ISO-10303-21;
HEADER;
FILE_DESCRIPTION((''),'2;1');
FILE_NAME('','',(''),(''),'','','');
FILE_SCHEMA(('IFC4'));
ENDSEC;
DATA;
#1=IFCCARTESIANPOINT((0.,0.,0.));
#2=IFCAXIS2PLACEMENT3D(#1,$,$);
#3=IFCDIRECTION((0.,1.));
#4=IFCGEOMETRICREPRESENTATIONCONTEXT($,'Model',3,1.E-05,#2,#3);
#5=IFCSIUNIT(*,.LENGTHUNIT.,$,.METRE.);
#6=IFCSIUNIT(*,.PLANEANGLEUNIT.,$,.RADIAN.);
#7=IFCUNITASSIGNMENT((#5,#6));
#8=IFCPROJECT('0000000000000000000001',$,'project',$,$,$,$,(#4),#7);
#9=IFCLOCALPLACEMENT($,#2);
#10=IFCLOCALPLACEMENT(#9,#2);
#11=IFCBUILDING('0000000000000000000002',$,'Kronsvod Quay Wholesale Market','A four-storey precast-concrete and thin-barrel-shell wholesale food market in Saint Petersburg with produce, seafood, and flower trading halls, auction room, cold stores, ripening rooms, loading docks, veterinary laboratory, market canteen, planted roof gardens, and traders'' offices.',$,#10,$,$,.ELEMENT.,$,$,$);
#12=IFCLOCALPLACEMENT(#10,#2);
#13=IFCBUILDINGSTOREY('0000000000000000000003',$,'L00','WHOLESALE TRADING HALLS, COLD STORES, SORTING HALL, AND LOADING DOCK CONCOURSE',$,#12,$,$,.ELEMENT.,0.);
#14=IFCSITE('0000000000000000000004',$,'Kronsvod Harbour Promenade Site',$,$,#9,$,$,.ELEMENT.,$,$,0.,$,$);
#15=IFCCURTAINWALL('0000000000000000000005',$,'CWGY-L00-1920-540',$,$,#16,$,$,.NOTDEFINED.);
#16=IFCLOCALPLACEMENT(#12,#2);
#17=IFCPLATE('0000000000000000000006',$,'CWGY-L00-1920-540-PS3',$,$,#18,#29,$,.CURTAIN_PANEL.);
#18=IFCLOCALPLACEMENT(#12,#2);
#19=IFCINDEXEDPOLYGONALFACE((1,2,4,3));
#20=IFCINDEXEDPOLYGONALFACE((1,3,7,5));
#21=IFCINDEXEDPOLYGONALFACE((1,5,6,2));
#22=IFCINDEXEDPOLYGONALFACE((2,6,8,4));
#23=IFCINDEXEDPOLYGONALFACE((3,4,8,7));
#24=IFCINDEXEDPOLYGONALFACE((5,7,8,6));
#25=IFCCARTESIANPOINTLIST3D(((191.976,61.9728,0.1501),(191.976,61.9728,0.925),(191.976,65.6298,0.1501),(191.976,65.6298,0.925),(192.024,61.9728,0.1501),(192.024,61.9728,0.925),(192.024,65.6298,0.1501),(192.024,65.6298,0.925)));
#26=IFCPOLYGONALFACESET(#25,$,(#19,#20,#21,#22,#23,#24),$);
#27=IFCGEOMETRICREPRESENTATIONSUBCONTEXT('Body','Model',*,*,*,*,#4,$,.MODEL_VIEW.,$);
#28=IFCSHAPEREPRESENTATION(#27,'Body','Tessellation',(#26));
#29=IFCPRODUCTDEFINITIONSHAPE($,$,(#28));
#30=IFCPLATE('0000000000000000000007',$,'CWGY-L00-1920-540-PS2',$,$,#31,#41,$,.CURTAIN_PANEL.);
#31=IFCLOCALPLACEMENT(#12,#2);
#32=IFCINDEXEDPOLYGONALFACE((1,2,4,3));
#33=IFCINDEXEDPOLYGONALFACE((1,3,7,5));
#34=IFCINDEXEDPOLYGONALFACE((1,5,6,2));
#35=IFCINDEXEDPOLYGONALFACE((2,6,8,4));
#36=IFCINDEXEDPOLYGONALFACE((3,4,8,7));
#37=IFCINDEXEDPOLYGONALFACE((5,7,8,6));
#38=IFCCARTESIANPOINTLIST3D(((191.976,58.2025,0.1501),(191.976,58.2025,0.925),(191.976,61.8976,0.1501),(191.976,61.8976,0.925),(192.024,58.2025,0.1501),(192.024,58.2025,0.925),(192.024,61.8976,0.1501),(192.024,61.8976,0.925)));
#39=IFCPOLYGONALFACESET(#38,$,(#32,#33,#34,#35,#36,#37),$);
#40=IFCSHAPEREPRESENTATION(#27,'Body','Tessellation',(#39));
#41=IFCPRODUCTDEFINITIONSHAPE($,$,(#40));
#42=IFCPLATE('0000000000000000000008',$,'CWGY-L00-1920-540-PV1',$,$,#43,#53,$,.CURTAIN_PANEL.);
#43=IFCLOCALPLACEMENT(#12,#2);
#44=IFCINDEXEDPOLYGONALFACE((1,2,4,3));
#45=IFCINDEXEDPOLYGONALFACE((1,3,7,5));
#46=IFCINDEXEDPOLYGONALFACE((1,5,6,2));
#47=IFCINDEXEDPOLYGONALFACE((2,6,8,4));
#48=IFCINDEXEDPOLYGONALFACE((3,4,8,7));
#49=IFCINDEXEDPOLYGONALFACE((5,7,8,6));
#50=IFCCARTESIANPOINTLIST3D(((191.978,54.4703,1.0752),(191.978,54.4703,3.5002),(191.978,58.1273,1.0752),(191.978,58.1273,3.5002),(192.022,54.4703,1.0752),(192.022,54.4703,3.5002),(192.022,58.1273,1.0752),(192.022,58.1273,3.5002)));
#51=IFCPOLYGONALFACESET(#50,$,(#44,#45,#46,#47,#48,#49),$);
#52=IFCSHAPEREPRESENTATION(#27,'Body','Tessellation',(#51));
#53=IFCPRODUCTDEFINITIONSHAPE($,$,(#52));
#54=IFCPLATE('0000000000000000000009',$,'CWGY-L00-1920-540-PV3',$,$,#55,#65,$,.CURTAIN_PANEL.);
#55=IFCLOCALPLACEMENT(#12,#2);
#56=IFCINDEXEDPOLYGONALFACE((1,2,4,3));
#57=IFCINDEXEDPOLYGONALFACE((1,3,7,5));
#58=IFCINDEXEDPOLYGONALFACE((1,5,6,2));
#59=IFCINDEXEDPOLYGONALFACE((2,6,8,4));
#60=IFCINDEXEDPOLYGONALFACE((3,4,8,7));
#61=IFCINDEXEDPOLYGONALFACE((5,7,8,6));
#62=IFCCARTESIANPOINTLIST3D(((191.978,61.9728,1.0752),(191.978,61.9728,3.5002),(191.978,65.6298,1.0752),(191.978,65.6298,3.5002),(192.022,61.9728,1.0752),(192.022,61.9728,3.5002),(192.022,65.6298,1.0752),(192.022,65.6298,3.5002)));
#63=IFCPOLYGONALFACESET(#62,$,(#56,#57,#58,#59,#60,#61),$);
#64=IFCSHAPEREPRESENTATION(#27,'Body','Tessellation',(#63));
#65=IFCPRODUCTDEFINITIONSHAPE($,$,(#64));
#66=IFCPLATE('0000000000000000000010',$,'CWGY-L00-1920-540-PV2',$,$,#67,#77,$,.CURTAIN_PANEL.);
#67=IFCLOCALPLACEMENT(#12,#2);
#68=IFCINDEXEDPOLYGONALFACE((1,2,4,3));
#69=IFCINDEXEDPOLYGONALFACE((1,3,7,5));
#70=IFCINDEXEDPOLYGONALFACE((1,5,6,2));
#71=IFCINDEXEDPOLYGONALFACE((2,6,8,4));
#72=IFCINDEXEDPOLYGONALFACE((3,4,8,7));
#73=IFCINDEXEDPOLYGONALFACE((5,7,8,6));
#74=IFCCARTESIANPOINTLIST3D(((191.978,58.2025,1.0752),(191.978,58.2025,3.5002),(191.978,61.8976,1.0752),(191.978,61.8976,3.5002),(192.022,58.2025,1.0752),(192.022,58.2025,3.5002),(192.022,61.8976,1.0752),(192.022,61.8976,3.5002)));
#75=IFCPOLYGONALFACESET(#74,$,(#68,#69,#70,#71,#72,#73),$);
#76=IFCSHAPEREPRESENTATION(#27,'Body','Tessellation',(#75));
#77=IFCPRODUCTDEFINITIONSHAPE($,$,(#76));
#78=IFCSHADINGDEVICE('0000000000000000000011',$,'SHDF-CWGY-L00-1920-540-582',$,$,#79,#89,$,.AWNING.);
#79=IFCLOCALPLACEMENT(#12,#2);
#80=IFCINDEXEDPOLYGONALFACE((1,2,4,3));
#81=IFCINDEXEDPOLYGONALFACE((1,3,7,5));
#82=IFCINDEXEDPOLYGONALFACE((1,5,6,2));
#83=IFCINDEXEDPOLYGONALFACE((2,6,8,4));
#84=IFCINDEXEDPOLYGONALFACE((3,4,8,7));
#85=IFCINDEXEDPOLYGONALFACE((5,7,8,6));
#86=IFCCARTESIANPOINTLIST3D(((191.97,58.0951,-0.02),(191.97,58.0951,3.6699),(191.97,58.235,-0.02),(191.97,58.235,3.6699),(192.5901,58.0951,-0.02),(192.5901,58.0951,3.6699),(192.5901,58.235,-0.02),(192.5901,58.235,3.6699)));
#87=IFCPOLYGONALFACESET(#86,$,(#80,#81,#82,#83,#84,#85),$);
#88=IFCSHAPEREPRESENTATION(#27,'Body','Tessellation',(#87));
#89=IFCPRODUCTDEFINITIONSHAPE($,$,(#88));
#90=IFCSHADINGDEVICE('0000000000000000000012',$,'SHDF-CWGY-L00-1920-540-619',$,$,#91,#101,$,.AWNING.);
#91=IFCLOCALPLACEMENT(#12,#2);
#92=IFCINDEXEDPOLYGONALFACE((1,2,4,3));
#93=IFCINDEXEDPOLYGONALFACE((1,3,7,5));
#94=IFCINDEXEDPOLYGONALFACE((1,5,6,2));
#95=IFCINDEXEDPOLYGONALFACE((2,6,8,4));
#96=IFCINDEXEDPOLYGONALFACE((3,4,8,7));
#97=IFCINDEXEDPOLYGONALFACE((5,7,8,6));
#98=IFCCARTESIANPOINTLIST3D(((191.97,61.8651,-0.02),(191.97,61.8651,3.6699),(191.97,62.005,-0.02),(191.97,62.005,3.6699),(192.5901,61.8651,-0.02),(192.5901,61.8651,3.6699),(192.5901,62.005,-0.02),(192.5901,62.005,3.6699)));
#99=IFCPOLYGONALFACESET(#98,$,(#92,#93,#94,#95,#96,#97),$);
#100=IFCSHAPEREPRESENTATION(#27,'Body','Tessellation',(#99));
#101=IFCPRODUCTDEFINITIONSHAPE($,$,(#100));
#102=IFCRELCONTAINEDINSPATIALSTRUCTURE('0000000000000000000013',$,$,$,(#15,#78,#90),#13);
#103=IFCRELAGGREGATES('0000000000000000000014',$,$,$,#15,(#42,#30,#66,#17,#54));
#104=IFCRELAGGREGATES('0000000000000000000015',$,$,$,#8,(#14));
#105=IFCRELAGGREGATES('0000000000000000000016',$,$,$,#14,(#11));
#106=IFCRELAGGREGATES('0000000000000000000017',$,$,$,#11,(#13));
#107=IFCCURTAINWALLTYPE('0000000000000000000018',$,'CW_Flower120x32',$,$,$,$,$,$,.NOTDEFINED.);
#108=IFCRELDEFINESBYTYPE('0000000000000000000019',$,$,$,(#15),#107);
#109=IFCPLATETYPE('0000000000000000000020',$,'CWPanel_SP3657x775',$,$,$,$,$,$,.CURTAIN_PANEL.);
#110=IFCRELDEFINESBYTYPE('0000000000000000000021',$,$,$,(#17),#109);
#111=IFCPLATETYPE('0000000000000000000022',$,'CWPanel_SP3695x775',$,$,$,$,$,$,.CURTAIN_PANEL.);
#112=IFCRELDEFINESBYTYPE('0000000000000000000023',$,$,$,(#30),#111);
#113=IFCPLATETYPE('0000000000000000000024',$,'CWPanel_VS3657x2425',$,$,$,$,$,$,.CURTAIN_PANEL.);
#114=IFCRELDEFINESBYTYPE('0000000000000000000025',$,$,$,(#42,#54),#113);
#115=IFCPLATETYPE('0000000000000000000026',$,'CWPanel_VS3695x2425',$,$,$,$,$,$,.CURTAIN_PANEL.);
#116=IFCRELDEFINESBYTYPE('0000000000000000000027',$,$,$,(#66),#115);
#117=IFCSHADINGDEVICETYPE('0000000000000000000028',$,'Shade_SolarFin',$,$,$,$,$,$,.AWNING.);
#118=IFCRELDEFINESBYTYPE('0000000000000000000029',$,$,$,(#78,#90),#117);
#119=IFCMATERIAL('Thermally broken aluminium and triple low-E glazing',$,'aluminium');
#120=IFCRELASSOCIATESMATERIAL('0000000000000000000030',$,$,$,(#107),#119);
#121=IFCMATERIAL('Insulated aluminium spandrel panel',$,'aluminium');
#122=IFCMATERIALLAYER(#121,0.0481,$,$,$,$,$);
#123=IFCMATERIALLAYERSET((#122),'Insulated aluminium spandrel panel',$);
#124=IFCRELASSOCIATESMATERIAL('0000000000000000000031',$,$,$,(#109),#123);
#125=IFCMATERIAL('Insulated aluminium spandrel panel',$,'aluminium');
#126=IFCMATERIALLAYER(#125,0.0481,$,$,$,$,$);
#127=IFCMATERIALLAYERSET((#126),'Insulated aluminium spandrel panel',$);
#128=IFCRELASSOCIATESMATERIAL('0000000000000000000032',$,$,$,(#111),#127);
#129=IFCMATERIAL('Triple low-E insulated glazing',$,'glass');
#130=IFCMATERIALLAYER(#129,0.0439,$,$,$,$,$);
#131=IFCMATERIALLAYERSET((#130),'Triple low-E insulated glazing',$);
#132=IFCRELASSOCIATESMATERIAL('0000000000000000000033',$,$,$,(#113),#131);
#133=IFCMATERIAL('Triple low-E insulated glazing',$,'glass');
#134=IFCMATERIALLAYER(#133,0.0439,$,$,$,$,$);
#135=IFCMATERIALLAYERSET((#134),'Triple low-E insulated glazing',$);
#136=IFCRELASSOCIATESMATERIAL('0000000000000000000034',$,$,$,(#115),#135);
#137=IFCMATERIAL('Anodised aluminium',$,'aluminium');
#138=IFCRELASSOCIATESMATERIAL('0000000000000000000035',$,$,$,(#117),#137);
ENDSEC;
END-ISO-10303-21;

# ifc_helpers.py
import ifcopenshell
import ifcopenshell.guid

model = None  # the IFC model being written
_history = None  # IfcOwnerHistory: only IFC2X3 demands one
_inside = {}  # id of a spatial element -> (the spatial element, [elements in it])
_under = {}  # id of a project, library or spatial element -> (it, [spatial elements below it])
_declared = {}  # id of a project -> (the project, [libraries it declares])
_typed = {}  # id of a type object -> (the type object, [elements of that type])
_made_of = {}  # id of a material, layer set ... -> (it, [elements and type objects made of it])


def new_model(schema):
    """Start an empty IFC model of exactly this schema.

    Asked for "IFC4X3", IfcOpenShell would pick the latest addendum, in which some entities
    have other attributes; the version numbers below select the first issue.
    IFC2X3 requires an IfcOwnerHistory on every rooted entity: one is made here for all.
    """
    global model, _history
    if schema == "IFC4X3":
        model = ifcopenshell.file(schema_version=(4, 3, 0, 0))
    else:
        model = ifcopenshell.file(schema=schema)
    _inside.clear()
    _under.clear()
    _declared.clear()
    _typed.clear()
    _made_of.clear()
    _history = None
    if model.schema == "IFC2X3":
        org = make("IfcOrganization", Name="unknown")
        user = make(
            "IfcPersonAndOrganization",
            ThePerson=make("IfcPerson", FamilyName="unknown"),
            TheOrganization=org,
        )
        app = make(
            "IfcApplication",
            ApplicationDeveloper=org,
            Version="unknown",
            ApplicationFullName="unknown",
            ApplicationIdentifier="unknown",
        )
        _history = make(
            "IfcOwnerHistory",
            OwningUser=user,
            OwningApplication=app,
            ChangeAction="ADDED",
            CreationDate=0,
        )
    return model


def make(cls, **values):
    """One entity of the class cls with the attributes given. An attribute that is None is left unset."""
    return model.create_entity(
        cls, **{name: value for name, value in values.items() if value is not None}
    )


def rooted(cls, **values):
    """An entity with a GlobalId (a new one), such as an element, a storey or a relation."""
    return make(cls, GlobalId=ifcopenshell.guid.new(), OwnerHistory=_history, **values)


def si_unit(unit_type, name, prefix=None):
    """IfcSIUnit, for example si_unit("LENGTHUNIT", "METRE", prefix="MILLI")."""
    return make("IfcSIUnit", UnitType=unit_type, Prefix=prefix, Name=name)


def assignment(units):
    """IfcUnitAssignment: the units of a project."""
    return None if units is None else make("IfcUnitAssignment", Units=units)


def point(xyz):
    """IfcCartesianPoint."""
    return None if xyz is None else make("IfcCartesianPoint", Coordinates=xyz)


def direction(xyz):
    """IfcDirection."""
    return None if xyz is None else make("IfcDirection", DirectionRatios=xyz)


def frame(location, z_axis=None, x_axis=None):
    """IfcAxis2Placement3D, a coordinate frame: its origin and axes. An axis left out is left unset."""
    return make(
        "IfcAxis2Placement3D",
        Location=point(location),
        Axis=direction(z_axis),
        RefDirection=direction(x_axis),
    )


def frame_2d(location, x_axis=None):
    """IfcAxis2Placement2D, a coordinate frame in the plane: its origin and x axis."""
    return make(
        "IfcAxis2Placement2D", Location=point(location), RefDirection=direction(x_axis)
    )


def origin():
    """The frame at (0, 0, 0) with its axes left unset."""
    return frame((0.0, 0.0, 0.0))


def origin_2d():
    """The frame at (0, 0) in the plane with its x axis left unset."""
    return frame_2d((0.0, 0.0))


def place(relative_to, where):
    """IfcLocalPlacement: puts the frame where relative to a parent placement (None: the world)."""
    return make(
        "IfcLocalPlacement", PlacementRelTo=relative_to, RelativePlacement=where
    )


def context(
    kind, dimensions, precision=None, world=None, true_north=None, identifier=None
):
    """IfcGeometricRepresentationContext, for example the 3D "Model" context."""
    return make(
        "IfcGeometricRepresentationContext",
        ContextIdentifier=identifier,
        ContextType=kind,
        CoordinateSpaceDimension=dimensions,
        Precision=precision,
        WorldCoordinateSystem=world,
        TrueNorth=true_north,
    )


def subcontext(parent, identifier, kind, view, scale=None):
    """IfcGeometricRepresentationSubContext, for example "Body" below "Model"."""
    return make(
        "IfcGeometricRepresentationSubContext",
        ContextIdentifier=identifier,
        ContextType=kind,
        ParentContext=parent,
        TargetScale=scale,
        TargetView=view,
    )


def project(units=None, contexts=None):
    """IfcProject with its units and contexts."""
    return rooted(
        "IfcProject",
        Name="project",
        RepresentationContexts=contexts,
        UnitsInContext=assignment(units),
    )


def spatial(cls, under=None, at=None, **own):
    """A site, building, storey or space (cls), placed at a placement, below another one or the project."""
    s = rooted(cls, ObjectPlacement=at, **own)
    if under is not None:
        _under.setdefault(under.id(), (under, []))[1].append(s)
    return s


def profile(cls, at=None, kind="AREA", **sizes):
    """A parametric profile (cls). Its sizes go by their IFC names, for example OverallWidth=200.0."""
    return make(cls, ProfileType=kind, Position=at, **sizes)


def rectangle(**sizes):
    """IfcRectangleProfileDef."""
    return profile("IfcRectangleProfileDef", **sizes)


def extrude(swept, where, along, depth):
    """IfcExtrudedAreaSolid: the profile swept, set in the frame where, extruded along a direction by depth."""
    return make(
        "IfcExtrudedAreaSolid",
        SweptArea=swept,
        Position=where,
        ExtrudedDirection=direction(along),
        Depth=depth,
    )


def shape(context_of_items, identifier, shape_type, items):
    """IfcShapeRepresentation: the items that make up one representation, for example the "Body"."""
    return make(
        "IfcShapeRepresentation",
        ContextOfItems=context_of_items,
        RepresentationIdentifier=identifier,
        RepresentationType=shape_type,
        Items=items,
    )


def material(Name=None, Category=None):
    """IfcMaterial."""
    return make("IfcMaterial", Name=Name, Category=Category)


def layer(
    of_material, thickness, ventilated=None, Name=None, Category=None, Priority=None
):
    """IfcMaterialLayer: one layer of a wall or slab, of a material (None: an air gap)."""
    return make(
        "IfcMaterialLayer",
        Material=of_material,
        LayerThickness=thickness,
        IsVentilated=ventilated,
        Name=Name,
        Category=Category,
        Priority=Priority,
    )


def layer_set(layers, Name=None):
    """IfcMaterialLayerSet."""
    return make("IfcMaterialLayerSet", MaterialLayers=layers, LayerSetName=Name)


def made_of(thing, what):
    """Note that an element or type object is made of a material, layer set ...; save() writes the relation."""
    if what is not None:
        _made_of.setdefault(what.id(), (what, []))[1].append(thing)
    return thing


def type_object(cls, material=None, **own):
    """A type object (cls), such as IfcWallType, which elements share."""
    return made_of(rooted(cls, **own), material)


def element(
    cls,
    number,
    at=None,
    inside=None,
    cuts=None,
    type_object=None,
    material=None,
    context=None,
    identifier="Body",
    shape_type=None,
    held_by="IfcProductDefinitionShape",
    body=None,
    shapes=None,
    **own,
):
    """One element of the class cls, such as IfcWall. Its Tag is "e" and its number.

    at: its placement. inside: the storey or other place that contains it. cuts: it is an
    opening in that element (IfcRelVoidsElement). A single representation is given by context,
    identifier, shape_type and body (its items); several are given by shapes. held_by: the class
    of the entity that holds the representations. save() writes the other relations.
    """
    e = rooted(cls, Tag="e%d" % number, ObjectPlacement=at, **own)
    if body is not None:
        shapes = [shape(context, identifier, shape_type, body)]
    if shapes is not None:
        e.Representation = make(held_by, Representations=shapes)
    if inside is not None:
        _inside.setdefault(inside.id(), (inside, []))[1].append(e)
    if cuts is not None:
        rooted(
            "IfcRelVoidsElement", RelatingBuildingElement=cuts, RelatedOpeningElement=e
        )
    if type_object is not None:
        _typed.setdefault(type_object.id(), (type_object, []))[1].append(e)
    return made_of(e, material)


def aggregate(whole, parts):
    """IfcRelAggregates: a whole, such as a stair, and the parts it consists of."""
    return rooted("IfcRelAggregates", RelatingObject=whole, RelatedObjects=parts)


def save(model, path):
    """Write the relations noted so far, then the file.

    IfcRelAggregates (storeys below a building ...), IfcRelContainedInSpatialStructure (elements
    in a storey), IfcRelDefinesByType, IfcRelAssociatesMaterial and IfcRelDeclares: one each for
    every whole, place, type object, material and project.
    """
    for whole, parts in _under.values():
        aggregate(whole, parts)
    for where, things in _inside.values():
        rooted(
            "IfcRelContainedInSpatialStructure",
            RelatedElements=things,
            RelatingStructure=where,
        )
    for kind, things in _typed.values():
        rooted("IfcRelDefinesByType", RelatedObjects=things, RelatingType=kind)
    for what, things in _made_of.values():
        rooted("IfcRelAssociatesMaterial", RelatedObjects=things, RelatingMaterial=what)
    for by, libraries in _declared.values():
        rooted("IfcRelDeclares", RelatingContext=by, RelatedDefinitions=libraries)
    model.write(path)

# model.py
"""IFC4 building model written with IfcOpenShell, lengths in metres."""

from ifc_helpers import new_model, si_unit, direction, frame, origin, origin_2d, place, context, subcontext, project, spatial, rectangle, extrude, material, layer, layer_set, type_object, element, aggregate, save


model = new_model("IFC4")

# Units and contexts
model_context = context("Model", 3, precision=1e-05, world=origin(), true_north=direction((0.0, 1.0)))
body_context = subcontext(model_context, "Body", "Model", "MODEL_VIEW")
ifc_project = project(units=[si_unit("LENGTHUNIT", "METRE"), si_unit("PLANEANGLEUNIT", "RADIAN")], contexts=[model_context])

# Site, building, storey
site_placement = place(None, origin())
site = spatial("IfcSite", under=ifc_project, at=site_placement, Name="Kronsvod Harbour Promenade Site", CompositionType="ELEMENT", RefElevation=0.0)
building_placement = place(site_placement, origin())
building = spatial("IfcBuilding", under=site, at=building_placement, Name="Kronsvod Quay Wholesale Market", Description="A four-storey precast-concrete and thin-barrel-shell wholesale food market in Saint Petersburg with produce, seafood, and flower trading halls, auction room, cold stores, ripening rooms, loading docks, veterinary laboratory, market canteen, planted roof gardens, and traders' offices.", CompositionType="ELEMENT")
storey_placement = place(building_placement, origin())
storey = spatial("IfcBuildingStorey", under=building, at=storey_placement, Name="L00", Description="WHOLESALE TRADING HALLS, COLD STORES, SORTING HALL, AND LOADING DOCK CONCOURSE", CompositionType="ELEMENT", Elevation=0.0)

# Curtain wall, plates
ifc_material_1 = material(Name="Thermally broken aluminium and triple low-E glazing", Category="aluminium")
curtain_wall_type = type_object("IfcCurtainWallType", Name="CW_Flower120x32", PredefinedType="NOTDEFINED", material=ifc_material_1)
curtain_wall_placement = place(storey_placement, origin())
curtain_wall = element("IfcCurtainWall", 1, at=curtain_wall_placement, inside=storey, type_object=curtain_wall_type, Name="CWGY-L00-1920-540", PredefinedType="NOTDEFINED")
ifc_material_2 = material(Name="Insulated aluminium spandrel panel", Category="aluminium")
ifc_layer_1 = layer(ifc_material_2, 0.0481)
ifc_layer_set_1 = layer_set([ifc_layer_1], Name="Insulated aluminium spandrel panel")
plate_type_1 = type_object("IfcPlateType", Name="CWPanel_SP3657x775", PredefinedType="CURTAIN_PANEL", material=ifc_layer_set_1)
plate_1_placement = place(storey_placement, frame((192.0, 63.8013, 0.1501), z_axis=(0.0, 0.0, 1.0), x_axis=(0.0, 1.0, 0.0)))
plate_1 = element("IfcPlate", 2, at=plate_1_placement, type_object=plate_type_1, Name="CWGY-L00-1920-540-PS3", PredefinedType="CURTAIN_PANEL", context=body_context, shape_type="SweptSolid", body=[
    extrude(rectangle(XDim=3.657, YDim=0.0481, at=origin_2d()), origin(), (0.0, 0.0, 1.0), 0.7749),
])
ifc_material_3 = material(Name="Insulated aluminium spandrel panel", Category="aluminium")
ifc_layer_2 = layer(ifc_material_3, 0.0481)
ifc_layer_set_2 = layer_set([ifc_layer_2], Name="Insulated aluminium spandrel panel")
plate_type_2 = type_object("IfcPlateType", Name="CWPanel_SP3695x775", PredefinedType="CURTAIN_PANEL", material=ifc_layer_set_2)
plate_2_placement = place(storey_placement, frame((192.0, 60.05, 0.1501), z_axis=(0.0, 0.0, 1.0), x_axis=(0.0, 1.0, 0.0)))
plate_2 = element("IfcPlate", 3, at=plate_2_placement, type_object=plate_type_2, Name="CWGY-L00-1920-540-PS2", PredefinedType="CURTAIN_PANEL", context=body_context, shape_type="SweptSolid", body=[
    extrude(rectangle(XDim=3.6951, YDim=0.0481, at=origin_2d()), origin(), (0.0, 0.0, 1.0), 0.7749),
])
ifc_material_4 = material(Name="Triple low-E insulated glazing", Category="glass")
ifc_layer_3 = layer(ifc_material_4, 0.0439)
ifc_layer_set_3 = layer_set([ifc_layer_3], Name="Triple low-E insulated glazing")
plate_type_3 = type_object("IfcPlateType", Name="CWPanel_VS3657x2425", PredefinedType="CURTAIN_PANEL", material=ifc_layer_set_3)
plate_3_placement = place(storey_placement, frame((192.0, 56.2988, 1.0752), z_axis=(0.0, 0.0, 1.0), x_axis=(0.0, 1.0, 0.0)))
plate_3 = element("IfcPlate", 4, at=plate_3_placement, type_object=plate_type_3, Name="CWGY-L00-1920-540-PV1", PredefinedType="CURTAIN_PANEL", context=body_context, shape_type="SweptSolid", body=[
    extrude(rectangle(XDim=3.657, YDim=0.0439, at=origin_2d()), origin(), (0.0, 0.0, 1.0), 2.425),
])
plate_4_placement = place(storey_placement, frame((192.0, 63.8013, 1.0752), z_axis=(0.0, 0.0, 1.0), x_axis=(0.0, 1.0, 0.0)))
plate_4 = element("IfcPlate", 5, at=plate_4_placement, type_object=plate_type_3, Name="CWGY-L00-1920-540-PV3", PredefinedType="CURTAIN_PANEL", context=body_context, shape_type="SweptSolid", body=[
    extrude(rectangle(XDim=3.657, YDim=0.0439, at=origin_2d()), origin(), (0.0, 0.0, 1.0), 2.425),
])
ifc_material_5 = material(Name="Triple low-E insulated glazing", Category="glass")
ifc_layer_4 = layer(ifc_material_5, 0.0439)
ifc_layer_set_4 = layer_set([ifc_layer_4], Name="Triple low-E insulated glazing")
plate_type_4 = type_object("IfcPlateType", Name="CWPanel_VS3695x2425", PredefinedType="CURTAIN_PANEL", material=ifc_layer_set_4)
plate_5_placement = place(storey_placement, frame((192.0, 60.05, 1.0752), z_axis=(0.0, 0.0, 1.0), x_axis=(0.0, 1.0, 0.0)))
plate_5 = element("IfcPlate", 6, at=plate_5_placement, type_object=plate_type_4, Name="CWGY-L00-1920-540-PV2", PredefinedType="CURTAIN_PANEL", context=body_context, shape_type="SweptSolid", body=[
    extrude(rectangle(XDim=3.6951, YDim=0.0439, at=origin_2d()), origin(), (0.0, 0.0, 1.0), 2.425),
])
aggregate(curtain_wall, [plate_3, plate_2, plate_5, plate_1, plate_4])

# Shading devices
ifc_material_6 = material(Name="Anodised aluminium", Category="aluminium")
shading_device_type = type_object("IfcShadingDeviceType", Name="Shade_SolarFin", PredefinedType="AWNING", material=ifc_material_6)
for number, where, z_axis, x_axis, name in (
    (7, (192.28, 58.165, -0.02), (0.0, 0.0, 1.0), (1.0, 0.0, 0.0), "SHDF-CWGY-L00-1920-540-582"),
    (8, (192.28, 61.9351, -0.02), (0.0, 0.0, 1.0), (1.0, 0.0, 0.0), "SHDF-CWGY-L00-1920-540-619"),
):
    element("IfcShadingDevice", number, at=place(storey_placement, frame(where, z_axis=z_axis, x_axis=x_axis)), inside=storey, type_object=shading_device_type, Name=name, PredefinedType="AWNING", context=body_context, shape_type="SweptSolid", body=[
        extrude(rectangle(XDim=0.6201, YDim=0.1399, at=origin_2d()), origin(), (0.0, 0.0, 1.0), 3.6899),
    ])

save(model, "model.ifc")
